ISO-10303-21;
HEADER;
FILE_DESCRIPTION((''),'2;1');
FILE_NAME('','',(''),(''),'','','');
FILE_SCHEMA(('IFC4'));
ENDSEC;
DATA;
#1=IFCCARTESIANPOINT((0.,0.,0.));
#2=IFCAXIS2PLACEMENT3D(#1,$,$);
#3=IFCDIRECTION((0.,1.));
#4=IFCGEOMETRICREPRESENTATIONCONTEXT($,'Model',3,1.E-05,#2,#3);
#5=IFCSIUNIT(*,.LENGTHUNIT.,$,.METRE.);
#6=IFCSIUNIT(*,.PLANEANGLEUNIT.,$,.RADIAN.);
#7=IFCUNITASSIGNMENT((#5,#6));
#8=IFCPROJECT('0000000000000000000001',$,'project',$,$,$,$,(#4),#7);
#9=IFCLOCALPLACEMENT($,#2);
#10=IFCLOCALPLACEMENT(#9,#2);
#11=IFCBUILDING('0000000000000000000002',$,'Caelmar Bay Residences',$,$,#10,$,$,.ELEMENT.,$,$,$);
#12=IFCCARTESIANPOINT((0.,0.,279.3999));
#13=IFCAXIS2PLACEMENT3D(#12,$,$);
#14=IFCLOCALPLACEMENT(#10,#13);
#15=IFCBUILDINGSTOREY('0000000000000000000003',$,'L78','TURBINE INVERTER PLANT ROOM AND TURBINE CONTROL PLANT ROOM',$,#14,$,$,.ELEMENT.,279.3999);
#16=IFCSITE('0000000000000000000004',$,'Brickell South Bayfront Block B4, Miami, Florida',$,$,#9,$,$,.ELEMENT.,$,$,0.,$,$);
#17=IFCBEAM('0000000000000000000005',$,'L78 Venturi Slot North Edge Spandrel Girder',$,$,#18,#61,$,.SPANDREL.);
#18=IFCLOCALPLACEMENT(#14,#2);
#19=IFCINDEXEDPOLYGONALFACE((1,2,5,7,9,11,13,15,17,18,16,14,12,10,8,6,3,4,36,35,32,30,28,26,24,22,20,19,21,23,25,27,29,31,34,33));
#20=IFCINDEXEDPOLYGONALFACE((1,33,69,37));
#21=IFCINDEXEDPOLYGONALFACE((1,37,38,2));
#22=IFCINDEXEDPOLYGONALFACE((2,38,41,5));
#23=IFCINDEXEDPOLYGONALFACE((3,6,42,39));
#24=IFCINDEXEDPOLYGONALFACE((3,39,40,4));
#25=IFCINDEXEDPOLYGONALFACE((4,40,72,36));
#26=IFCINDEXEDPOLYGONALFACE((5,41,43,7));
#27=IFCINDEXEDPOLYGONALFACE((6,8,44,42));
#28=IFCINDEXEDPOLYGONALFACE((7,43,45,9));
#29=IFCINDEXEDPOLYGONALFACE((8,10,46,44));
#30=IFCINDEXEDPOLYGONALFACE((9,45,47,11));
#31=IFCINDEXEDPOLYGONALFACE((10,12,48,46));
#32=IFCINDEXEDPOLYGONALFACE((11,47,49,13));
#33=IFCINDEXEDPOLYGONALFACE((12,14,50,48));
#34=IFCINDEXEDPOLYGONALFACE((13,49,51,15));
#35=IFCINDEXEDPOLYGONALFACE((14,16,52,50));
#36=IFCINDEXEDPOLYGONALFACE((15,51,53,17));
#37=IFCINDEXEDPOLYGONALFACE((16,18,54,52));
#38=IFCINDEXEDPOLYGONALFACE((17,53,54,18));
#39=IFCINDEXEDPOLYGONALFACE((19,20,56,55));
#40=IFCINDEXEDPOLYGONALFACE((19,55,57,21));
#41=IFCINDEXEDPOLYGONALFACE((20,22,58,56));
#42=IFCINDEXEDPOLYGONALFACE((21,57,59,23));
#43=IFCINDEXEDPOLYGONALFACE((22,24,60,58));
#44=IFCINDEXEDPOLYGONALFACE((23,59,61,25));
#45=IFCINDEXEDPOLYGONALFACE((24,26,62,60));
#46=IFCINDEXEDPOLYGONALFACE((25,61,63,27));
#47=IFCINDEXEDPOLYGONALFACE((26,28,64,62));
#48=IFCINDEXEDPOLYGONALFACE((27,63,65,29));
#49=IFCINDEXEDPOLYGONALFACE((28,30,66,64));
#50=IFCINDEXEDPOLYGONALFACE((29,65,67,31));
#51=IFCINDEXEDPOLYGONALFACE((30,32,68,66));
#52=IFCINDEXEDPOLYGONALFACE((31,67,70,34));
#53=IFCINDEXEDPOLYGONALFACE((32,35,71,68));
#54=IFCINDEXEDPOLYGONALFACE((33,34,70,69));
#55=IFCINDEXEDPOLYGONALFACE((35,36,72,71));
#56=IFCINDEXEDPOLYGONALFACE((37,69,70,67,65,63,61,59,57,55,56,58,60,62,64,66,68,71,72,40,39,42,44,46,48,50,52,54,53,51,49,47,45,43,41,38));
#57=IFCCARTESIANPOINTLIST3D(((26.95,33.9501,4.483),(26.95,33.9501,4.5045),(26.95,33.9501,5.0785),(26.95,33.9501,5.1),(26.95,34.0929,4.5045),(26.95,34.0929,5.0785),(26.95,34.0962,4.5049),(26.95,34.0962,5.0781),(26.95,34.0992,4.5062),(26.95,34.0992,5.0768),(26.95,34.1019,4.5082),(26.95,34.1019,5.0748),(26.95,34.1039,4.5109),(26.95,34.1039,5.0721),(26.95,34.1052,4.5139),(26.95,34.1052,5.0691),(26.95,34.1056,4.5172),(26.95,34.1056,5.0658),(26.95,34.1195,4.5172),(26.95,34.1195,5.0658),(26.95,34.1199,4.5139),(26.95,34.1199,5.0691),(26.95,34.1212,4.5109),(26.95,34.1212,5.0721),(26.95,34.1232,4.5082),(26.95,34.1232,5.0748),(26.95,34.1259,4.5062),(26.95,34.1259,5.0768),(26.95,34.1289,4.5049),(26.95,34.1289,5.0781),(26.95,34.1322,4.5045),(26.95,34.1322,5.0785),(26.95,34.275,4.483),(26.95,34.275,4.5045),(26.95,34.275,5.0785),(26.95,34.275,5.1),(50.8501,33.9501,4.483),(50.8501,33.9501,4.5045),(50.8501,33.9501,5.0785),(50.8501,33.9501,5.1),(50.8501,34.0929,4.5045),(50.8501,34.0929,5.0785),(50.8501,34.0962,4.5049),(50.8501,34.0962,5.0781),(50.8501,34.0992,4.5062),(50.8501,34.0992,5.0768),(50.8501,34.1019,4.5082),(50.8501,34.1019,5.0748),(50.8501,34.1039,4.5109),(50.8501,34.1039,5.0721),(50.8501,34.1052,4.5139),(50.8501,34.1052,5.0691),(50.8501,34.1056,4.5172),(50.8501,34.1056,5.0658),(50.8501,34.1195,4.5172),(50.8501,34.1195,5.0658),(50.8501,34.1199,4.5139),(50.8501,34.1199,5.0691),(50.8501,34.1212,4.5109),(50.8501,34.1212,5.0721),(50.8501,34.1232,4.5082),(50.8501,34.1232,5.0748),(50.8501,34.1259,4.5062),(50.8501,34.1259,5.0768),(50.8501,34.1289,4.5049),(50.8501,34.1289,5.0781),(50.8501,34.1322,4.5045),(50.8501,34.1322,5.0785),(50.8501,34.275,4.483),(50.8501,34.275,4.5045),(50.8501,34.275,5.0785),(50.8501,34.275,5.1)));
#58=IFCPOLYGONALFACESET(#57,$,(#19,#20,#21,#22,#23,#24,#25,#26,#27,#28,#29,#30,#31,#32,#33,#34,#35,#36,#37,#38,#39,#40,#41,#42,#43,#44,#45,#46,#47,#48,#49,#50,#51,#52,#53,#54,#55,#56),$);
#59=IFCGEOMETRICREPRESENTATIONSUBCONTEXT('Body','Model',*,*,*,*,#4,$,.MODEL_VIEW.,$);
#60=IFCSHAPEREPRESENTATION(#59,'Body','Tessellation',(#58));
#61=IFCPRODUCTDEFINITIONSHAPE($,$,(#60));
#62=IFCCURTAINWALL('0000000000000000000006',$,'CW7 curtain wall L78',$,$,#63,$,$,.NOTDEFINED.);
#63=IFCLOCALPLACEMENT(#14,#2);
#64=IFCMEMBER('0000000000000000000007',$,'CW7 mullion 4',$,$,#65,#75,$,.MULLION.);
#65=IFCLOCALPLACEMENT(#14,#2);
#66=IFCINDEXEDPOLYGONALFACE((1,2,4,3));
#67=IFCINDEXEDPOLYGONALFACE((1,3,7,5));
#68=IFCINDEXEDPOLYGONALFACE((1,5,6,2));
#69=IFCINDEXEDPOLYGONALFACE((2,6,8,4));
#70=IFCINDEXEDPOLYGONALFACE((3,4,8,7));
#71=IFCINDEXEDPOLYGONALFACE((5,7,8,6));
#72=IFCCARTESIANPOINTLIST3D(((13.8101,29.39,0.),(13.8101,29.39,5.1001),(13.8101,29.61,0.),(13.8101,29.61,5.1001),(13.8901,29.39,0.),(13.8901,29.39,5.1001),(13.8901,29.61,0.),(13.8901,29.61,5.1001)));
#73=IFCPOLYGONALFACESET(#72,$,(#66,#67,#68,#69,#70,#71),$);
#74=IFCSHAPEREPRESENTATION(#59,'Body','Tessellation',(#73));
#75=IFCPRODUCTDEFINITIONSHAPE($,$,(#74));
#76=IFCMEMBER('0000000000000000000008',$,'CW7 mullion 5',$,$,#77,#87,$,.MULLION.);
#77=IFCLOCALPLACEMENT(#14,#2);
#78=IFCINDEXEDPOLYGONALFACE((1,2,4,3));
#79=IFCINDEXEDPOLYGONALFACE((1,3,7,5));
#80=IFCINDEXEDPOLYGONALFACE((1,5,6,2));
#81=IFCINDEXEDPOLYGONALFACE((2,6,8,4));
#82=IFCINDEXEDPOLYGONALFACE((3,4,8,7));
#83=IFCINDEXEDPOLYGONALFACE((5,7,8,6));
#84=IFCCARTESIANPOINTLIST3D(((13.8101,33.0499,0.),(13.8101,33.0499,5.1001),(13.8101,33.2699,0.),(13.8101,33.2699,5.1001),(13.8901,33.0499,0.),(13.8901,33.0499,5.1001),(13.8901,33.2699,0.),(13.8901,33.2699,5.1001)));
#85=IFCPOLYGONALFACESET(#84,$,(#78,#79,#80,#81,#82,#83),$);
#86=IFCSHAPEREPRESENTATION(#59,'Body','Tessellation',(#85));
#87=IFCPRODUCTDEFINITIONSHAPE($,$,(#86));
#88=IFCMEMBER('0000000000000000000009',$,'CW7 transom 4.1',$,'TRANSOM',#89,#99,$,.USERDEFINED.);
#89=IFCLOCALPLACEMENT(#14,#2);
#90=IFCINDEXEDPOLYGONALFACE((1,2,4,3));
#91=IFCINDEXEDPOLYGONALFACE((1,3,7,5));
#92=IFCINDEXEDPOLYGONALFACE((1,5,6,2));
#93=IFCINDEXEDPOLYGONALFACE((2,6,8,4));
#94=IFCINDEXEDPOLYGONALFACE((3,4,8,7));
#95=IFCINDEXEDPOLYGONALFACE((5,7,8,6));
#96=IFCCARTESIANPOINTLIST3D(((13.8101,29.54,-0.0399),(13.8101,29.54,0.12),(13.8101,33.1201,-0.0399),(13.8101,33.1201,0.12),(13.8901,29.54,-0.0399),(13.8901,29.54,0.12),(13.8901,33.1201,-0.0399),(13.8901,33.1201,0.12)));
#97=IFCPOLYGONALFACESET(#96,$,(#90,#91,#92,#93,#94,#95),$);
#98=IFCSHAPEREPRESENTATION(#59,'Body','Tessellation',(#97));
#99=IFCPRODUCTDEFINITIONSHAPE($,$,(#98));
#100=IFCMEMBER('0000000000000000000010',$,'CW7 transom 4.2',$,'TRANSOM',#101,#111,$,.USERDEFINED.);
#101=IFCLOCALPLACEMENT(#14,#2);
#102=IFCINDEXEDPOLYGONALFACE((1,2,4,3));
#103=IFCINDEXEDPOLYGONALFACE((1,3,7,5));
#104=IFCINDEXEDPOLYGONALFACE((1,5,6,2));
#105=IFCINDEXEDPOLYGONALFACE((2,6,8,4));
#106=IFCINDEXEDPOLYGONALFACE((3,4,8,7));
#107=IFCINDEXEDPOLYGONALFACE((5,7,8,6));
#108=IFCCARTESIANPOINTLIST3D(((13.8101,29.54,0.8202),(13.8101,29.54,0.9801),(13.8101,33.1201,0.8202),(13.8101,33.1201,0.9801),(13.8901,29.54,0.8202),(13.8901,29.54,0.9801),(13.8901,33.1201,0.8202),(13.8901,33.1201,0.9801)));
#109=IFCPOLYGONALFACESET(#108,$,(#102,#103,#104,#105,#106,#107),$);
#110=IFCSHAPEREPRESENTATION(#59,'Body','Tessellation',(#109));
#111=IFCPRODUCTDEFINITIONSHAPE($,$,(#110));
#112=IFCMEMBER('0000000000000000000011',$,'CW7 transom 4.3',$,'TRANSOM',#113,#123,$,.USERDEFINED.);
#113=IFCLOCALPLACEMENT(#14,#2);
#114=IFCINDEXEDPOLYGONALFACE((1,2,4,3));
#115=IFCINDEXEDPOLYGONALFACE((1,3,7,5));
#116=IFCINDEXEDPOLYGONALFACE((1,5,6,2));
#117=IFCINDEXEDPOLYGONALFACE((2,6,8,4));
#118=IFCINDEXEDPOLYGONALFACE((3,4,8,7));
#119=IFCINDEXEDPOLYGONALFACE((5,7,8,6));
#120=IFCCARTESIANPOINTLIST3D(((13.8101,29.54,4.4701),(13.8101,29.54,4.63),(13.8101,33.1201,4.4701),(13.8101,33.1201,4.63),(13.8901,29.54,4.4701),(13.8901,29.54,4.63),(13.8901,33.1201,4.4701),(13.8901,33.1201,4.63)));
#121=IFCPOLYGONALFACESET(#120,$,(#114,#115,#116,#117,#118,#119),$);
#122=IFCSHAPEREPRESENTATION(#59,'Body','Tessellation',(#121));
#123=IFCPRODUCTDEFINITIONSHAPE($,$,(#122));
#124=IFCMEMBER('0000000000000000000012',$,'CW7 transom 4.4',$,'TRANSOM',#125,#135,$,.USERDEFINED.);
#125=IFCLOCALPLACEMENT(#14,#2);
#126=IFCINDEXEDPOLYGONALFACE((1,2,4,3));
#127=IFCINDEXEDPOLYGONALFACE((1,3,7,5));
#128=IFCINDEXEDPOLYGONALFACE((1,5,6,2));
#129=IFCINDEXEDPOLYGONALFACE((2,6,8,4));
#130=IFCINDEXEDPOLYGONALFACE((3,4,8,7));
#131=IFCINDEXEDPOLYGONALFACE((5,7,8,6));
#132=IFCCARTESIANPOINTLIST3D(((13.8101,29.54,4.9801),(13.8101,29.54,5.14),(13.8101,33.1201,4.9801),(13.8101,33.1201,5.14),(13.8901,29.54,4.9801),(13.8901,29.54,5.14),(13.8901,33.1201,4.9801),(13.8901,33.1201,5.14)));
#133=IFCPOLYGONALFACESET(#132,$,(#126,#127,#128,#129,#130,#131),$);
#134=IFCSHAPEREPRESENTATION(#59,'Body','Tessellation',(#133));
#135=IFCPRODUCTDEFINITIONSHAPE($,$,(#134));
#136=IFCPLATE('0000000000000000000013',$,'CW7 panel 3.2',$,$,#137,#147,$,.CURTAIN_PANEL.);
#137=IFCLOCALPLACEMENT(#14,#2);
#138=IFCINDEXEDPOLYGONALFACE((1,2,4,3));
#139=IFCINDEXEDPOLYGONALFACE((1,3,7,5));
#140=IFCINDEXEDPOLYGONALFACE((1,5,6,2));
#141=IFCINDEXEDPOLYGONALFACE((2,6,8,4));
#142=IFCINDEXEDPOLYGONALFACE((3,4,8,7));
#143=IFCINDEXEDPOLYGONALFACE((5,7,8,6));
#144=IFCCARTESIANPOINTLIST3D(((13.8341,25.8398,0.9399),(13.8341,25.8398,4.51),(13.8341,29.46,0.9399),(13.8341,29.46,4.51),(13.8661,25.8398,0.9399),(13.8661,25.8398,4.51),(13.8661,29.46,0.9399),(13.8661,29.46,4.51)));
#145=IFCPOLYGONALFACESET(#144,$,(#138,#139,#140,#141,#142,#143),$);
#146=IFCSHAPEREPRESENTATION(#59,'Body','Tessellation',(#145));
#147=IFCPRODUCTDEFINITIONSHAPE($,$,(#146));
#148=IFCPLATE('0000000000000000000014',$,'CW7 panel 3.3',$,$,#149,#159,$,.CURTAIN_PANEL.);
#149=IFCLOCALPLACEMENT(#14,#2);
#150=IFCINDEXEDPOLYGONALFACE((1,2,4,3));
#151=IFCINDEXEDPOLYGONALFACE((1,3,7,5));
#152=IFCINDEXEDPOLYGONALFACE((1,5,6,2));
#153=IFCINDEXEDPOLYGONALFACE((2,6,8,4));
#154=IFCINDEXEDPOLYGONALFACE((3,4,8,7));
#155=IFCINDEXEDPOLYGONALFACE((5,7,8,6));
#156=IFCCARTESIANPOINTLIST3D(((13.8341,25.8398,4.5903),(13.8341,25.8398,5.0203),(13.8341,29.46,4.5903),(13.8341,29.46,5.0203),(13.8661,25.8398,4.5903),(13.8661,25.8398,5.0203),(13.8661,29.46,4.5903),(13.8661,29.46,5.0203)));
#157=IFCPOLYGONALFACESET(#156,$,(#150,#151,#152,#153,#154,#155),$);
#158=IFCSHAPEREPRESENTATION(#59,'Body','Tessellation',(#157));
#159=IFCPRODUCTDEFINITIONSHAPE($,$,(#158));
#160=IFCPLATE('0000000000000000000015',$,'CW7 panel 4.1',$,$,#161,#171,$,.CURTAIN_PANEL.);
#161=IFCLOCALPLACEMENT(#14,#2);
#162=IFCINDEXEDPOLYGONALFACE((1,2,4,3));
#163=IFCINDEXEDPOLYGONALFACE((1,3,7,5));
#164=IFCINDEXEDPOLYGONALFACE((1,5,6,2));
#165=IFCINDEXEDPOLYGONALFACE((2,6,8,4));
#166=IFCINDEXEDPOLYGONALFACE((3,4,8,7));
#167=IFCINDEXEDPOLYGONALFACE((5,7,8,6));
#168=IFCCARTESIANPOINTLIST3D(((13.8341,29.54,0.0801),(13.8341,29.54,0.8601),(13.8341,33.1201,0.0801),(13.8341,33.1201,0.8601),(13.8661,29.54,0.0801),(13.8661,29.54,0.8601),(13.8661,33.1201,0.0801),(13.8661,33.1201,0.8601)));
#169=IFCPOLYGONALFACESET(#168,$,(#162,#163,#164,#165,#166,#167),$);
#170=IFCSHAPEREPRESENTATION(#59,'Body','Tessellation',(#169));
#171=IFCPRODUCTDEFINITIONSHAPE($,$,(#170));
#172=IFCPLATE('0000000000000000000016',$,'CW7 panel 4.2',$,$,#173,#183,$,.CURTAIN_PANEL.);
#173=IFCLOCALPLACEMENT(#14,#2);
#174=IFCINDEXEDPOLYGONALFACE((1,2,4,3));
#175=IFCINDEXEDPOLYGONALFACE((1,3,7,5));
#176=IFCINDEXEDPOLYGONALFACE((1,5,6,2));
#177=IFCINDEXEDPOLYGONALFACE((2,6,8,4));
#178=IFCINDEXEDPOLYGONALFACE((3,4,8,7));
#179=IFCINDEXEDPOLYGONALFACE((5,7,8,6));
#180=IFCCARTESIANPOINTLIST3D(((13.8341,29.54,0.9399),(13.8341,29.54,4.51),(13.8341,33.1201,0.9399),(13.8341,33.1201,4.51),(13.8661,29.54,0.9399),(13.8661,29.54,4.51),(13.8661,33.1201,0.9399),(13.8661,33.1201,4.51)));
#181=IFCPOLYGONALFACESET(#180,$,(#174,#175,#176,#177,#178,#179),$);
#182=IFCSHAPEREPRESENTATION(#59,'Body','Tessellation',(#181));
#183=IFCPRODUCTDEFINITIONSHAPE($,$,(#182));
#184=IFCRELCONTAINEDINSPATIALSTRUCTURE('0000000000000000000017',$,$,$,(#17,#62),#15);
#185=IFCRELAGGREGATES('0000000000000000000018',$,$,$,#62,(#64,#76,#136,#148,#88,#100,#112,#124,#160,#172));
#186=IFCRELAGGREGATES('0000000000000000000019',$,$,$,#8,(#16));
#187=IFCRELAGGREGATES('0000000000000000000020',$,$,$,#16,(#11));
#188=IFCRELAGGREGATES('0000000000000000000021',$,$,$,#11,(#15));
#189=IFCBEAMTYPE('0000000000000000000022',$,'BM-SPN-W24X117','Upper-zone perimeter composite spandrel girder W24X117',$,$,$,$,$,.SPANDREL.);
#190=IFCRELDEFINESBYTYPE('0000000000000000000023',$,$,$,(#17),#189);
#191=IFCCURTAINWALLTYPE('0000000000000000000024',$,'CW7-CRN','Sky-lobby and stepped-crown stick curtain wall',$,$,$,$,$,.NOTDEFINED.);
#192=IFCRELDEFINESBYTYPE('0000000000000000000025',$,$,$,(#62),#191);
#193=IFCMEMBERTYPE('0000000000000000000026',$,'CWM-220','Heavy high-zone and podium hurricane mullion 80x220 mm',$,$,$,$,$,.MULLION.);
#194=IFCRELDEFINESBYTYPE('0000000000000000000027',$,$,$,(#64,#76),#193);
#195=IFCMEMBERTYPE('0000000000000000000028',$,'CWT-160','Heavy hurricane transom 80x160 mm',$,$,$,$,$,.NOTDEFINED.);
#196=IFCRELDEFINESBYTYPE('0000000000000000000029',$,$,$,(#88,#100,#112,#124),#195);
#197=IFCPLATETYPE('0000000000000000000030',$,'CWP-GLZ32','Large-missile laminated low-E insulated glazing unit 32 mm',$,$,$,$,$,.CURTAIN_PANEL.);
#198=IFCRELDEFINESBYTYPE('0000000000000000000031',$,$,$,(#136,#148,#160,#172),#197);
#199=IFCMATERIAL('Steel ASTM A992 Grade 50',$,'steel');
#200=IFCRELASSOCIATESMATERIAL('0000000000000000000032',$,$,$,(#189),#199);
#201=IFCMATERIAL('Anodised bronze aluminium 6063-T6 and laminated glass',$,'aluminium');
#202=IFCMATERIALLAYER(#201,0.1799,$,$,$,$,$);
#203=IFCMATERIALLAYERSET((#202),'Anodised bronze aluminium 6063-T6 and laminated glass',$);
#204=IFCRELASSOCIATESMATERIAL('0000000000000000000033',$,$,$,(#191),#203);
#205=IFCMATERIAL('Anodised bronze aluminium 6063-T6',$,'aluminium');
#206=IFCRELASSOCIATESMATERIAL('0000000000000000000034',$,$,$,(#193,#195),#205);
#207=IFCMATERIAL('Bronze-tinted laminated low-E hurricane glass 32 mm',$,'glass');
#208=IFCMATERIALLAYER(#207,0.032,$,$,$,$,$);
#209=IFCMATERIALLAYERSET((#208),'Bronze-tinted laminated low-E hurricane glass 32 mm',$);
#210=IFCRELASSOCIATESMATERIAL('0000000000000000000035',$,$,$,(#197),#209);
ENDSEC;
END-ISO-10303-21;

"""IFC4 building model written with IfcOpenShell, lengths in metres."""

from ifc_helpers import new_model, si_unit, direction, frame, origin, origin_2d, place, context, subcontext, project, spatial, rectangle, i_section, extrude, material, layer, layer_set, material_profile, profile_set, type_object, element, aggregate, save


model = new_model("IFC4")

# Units and contexts
model_context = context("Model", 3, precision=1e-05, world=origin(), true_north=direction((0.0, 1.0)))
body_context = subcontext(model_context, "Body", "Model", "MODEL_VIEW")
ifc_project = project(units=[si_unit("LENGTHUNIT", "METRE"), si_unit("PLANEANGLEUNIT", "RADIAN")], contexts=[model_context])

# Site, building, storey
site_placement = place(None, origin())
site = spatial("IfcSite", under=ifc_project, at=site_placement, Name="Brickell South Bayfront Block B4, Miami, Florida", CompositionType="ELEMENT", RefElevation=0.0)
building_placement = place(site_placement, origin())
building = spatial("IfcBuilding", under=site, at=building_placement, Name="Caelmar Bay Residences", CompositionType="ELEMENT")
storey_placement = place(building_placement, frame((0.0, 0.0, 279.3999)))
storey = spatial("IfcBuildingStorey", under=building, at=storey_placement, Name="L78", Description="TURBINE INVERTER PLANT ROOM AND TURBINE CONTROL PLANT ROOM", CompositionType="ELEMENT", Elevation=279.3999)

# Beam
ifc_material_1 = material(Name="Steel ASTM A992 Grade 50", Category="steel")
ifc_material_profile_1 = material_profile(ifc_material_1, i_section(OverallWidth=0.325, OverallDepth=0.6169, WebThickness=0.0139, FlangeThickness=0.0215, FilletRadius=0.0127, at=origin_2d()), Name="W24X117")
ifc_profile_set_1 = profile_set([ifc_material_profile_1], Name="Steel ASTM A992 Grade 50")
beam_type_1 = type_object("IfcBeamType", Name="BM-SPN-W24X117", Description="Upper-zone perimeter composite spandrel girder W24X117", PredefinedType="SPANDREL", material=ifc_profile_set_1)
beam_1_placement = place(storey_placement, frame((26.95, 34.1125, 4.7915), z_axis=(1.0, 0.0, 0.0), x_axis=(0.0, 1.0, 0.0)))
element("IfcBeam", 1, at=beam_1_placement, inside=storey, type_object=beam_type_1, Name="L78 Venturi Slot North Edge Spandrel Girder", PredefinedType="SPANDREL", context=body_context, shape_type="SweptSolid", body=[
    extrude(i_section(OverallWidth=0.325, OverallDepth=0.6169, WebThickness=0.0139, FlangeThickness=0.0215, FilletRadius=0.0127, at=origin_2d()), origin(), (0.0, 0.0, 1.0), 23.9001),
])

# Curtain wall, members, plates
ifc_material_2 = material(Name="Anodised bronze aluminium 6063-T6 and laminated glass", Category="aluminium")
ifc_layer_1 = layer(ifc_material_2, 0.1799)
ifc_layer_set_1 = layer_set([ifc_layer_1], Name="Anodised bronze aluminium 6063-T6 and laminated glass")
curtain_wall_type = type_object("IfcCurtainWallType", Name="CW7-CRN", Description="Sky-lobby and stepped-crown stick curtain wall", PredefinedType="NOTDEFINED", material=ifc_layer_set_1)
curtain_wall_placement = place(storey_placement, origin())
curtain_wall = element("IfcCurtainWall", 2, at=curtain_wall_placement, inside=storey, type_object=curtain_wall_type, Name="CW7 curtain wall L78", PredefinedType="NOTDEFINED")
ifc_material_3 = material(Name="Anodised bronze aluminium 6063-T6", Category="aluminium")
ifc_material_profile_2 = material_profile(ifc_material_3, rectangle(XDim=0.0801, YDim=0.22, at=origin_2d()), Name="CWM-80X220")
ifc_profile_set_2 = profile_set([ifc_material_profile_2], Name="Anodised bronze aluminium 6063-T6")
member_type_1 = type_object("IfcMemberType", Name="CWM-220", Description="Heavy high-zone and podium hurricane mullion 80x220 mm", PredefinedType="MULLION", material=ifc_profile_set_2)
member_1_placement = place(storey_placement, frame((13.8501, 29.5, 0.0), z_axis=(0.0, 0.0, 1.0), x_axis=(-1.0, 0.0, 0.0)))
member_1 = element("IfcMember", 3, at=member_1_placement, type_object=member_type_1, Name="CW7 mullion 4", PredefinedType="MULLION", context=body_context, shape_type="SweptSolid", body=[
    extrude(rectangle(XDim=0.0801, YDim=0.22, at=origin_2d()), origin(), (0.0, 0.0, 1.0), 5.1001),
])
member_2_placement = place(storey_placement, frame((13.8501, 33.1599, 0.0), z_axis=(0.0, 0.0, 1.0), x_axis=(-1.0, 0.0, 0.0)))
member_2 = element("IfcMember", 4, at=member_2_placement, type_object=member_type_1, Name="CW7 mullion 5", PredefinedType="MULLION", context=body_context, shape_type="SweptSolid", body=[
    extrude(rectangle(XDim=0.0801, YDim=0.22, at=origin_2d()), origin(), (0.0, 0.0, 1.0), 5.1001),
])
ifc_material_profile_3 = material_profile(ifc_material_3, rectangle(XDim=0.0801, YDim=0.1599, at=origin_2d()), Name="CWT-80X160")
ifc_profile_set_3 = profile_set([ifc_material_profile_3], Name="Anodised bronze aluminium 6063-T6")
member_type_2 = type_object("IfcMemberType", Name="CWT-160", Description="Heavy hurricane transom 80x160 mm", PredefinedType="NOTDEFINED", material=ifc_profile_set_3)
member_3_placement = place(storey_placement, frame((13.8501, 29.54, 0.04), z_axis=(0.0, 1.0, 0.0), x_axis=(-1.0, 0.0, 0.0)))
member_3 = element("IfcMember", 5, at=member_3_placement, type_object=member_type_2, Name="CW7 transom 4.1", ObjectType="TRANSOM", PredefinedType="USERDEFINED", context=body_context, shape_type="SweptSolid", body=[
    extrude(rectangle(XDim=0.0801, YDim=0.1599, at=origin_2d()), origin(), (0.0, 0.0, 1.0), 3.5801),
])
member_4_placement = place(storey_placement, frame((13.8501, 29.54, 0.9001), z_axis=(0.0, 1.0, 0.0), x_axis=(-1.0, 0.0, 0.0)))
member_4 = element("IfcMember", 6, at=member_4_placement, type_object=member_type_2, Name="CW7 transom 4.2", ObjectType="TRANSOM", PredefinedType="USERDEFINED", context=body_context, shape_type="SweptSolid", body=[
    extrude(rectangle(XDim=0.0801, YDim=0.1599, at=origin_2d()), origin(), (0.0, 0.0, 1.0), 3.5801),
])
member_5_placement = place(storey_placement, frame((13.8501, 29.54, 4.55), z_axis=(0.0, 1.0, 0.0), x_axis=(-1.0, 0.0, 0.0)))
member_5 = element("IfcMember", 7, at=member_5_placement, type_object=member_type_2, Name="CW7 transom 4.3", ObjectType="TRANSOM", PredefinedType="USERDEFINED", context=body_context, shape_type="SweptSolid", body=[
    extrude(rectangle(XDim=0.0801, YDim=0.1599, at=origin_2d()), origin(), (0.0, 0.0, 1.0), 3.5801),
])
member_6_placement = place(storey_placement, frame((13.8501, 29.54, 5.0601), z_axis=(0.0, 1.0, 0.0), x_axis=(-1.0, 0.0, 0.0)))
member_6 = element("IfcMember", 8, at=member_6_placement, type_object=member_type_2, Name="CW7 transom 4.4", ObjectType="TRANSOM", PredefinedType="USERDEFINED", context=body_context, shape_type="SweptSolid", body=[
    extrude(rectangle(XDim=0.0801, YDim=0.1599, at=origin_2d()), origin(), (0.0, 0.0, 1.0), 3.5801),
])
ifc_material_4 = material(Name="Bronze-tinted laminated low-E hurricane glass 32 mm", Category="glass")
ifc_layer_2 = layer(ifc_material_4, 0.032)
ifc_layer_set_2 = layer_set([ifc_layer_2], Name="Bronze-tinted laminated low-E hurricane glass 32 mm")
plate_type = type_object("IfcPlateType", Name="CWP-GLZ32", Description="Large-missile laminated low-E insulated glazing unit 32 mm", PredefinedType="CURTAIN_PANEL", material=ifc_layer_set_2)
plate_1_placement = place(storey_placement, frame((13.8501, 27.6499, 0.9399), z_axis=(0.0, 0.0, 1.0), x_axis=(0.0, 1.0, 0.0)))
plate_1 = element("IfcPlate", 9, at=plate_1_placement, type_object=plate_type, Name="CW7 panel 3.2", PredefinedType="CURTAIN_PANEL", context=body_context, shape_type="SweptSolid", body=[
    extrude(rectangle(XDim=3.6201, YDim=0.032, at=origin_2d()), origin(), (0.0, 0.0, 1.0), 3.5701),
])
plate_2_placement = place(storey_placement, frame((13.8501, 27.6499, 4.5903), z_axis=(0.0, 0.0, 1.0), x_axis=(0.0, 1.0, 0.0)))
plate_2 = element("IfcPlate", 10, at=plate_2_placement, type_object=plate_type, Name="CW7 panel 3.3", PredefinedType="CURTAIN_PANEL", context=body_context, shape_type="SweptSolid", body=[
    extrude(rectangle(XDim=3.6201, YDim=0.032, at=origin_2d()), origin(), (0.0, 0.0, 1.0), 0.4299),
])
plate_3_placement = place(storey_placement, frame((13.8501, 31.3301, 0.0801), z_axis=(0.0, 0.0, 1.0), x_axis=(0.0, 1.0, 0.0)))
plate_3 = element("IfcPlate", 11, at=plate_3_placement, type_object=plate_type, Name="CW7 panel 4.1", PredefinedType="CURTAIN_PANEL", context=body_context, shape_type="SweptSolid", body=[
    extrude(rectangle(XDim=3.5801, YDim=0.032, at=origin_2d()), origin(), (0.0, 0.0, 1.0), 0.78),
])
plate_4_placement = place(storey_placement, frame((13.8501, 31.3301, 0.9399), z_axis=(0.0, 0.0, 1.0), x_axis=(0.0, 1.0, 0.0)))
plate_4 = element("IfcPlate", 12, at=plate_4_placement, type_object=plate_type, Name="CW7 panel 4.2", PredefinedType="CURTAIN_PANEL", context=body_context, shape_type="SweptSolid", body=[
    extrude(rectangle(XDim=3.5801, YDim=0.032, at=origin_2d()), origin(), (0.0, 0.0, 1.0), 3.5701),
])
aggregate(curtain_wall, [member_1, member_2, plate_1, plate_2, member_3, member_4, member_5, member_6, plate_3, plate_4])

save(model, "model.ifc")
